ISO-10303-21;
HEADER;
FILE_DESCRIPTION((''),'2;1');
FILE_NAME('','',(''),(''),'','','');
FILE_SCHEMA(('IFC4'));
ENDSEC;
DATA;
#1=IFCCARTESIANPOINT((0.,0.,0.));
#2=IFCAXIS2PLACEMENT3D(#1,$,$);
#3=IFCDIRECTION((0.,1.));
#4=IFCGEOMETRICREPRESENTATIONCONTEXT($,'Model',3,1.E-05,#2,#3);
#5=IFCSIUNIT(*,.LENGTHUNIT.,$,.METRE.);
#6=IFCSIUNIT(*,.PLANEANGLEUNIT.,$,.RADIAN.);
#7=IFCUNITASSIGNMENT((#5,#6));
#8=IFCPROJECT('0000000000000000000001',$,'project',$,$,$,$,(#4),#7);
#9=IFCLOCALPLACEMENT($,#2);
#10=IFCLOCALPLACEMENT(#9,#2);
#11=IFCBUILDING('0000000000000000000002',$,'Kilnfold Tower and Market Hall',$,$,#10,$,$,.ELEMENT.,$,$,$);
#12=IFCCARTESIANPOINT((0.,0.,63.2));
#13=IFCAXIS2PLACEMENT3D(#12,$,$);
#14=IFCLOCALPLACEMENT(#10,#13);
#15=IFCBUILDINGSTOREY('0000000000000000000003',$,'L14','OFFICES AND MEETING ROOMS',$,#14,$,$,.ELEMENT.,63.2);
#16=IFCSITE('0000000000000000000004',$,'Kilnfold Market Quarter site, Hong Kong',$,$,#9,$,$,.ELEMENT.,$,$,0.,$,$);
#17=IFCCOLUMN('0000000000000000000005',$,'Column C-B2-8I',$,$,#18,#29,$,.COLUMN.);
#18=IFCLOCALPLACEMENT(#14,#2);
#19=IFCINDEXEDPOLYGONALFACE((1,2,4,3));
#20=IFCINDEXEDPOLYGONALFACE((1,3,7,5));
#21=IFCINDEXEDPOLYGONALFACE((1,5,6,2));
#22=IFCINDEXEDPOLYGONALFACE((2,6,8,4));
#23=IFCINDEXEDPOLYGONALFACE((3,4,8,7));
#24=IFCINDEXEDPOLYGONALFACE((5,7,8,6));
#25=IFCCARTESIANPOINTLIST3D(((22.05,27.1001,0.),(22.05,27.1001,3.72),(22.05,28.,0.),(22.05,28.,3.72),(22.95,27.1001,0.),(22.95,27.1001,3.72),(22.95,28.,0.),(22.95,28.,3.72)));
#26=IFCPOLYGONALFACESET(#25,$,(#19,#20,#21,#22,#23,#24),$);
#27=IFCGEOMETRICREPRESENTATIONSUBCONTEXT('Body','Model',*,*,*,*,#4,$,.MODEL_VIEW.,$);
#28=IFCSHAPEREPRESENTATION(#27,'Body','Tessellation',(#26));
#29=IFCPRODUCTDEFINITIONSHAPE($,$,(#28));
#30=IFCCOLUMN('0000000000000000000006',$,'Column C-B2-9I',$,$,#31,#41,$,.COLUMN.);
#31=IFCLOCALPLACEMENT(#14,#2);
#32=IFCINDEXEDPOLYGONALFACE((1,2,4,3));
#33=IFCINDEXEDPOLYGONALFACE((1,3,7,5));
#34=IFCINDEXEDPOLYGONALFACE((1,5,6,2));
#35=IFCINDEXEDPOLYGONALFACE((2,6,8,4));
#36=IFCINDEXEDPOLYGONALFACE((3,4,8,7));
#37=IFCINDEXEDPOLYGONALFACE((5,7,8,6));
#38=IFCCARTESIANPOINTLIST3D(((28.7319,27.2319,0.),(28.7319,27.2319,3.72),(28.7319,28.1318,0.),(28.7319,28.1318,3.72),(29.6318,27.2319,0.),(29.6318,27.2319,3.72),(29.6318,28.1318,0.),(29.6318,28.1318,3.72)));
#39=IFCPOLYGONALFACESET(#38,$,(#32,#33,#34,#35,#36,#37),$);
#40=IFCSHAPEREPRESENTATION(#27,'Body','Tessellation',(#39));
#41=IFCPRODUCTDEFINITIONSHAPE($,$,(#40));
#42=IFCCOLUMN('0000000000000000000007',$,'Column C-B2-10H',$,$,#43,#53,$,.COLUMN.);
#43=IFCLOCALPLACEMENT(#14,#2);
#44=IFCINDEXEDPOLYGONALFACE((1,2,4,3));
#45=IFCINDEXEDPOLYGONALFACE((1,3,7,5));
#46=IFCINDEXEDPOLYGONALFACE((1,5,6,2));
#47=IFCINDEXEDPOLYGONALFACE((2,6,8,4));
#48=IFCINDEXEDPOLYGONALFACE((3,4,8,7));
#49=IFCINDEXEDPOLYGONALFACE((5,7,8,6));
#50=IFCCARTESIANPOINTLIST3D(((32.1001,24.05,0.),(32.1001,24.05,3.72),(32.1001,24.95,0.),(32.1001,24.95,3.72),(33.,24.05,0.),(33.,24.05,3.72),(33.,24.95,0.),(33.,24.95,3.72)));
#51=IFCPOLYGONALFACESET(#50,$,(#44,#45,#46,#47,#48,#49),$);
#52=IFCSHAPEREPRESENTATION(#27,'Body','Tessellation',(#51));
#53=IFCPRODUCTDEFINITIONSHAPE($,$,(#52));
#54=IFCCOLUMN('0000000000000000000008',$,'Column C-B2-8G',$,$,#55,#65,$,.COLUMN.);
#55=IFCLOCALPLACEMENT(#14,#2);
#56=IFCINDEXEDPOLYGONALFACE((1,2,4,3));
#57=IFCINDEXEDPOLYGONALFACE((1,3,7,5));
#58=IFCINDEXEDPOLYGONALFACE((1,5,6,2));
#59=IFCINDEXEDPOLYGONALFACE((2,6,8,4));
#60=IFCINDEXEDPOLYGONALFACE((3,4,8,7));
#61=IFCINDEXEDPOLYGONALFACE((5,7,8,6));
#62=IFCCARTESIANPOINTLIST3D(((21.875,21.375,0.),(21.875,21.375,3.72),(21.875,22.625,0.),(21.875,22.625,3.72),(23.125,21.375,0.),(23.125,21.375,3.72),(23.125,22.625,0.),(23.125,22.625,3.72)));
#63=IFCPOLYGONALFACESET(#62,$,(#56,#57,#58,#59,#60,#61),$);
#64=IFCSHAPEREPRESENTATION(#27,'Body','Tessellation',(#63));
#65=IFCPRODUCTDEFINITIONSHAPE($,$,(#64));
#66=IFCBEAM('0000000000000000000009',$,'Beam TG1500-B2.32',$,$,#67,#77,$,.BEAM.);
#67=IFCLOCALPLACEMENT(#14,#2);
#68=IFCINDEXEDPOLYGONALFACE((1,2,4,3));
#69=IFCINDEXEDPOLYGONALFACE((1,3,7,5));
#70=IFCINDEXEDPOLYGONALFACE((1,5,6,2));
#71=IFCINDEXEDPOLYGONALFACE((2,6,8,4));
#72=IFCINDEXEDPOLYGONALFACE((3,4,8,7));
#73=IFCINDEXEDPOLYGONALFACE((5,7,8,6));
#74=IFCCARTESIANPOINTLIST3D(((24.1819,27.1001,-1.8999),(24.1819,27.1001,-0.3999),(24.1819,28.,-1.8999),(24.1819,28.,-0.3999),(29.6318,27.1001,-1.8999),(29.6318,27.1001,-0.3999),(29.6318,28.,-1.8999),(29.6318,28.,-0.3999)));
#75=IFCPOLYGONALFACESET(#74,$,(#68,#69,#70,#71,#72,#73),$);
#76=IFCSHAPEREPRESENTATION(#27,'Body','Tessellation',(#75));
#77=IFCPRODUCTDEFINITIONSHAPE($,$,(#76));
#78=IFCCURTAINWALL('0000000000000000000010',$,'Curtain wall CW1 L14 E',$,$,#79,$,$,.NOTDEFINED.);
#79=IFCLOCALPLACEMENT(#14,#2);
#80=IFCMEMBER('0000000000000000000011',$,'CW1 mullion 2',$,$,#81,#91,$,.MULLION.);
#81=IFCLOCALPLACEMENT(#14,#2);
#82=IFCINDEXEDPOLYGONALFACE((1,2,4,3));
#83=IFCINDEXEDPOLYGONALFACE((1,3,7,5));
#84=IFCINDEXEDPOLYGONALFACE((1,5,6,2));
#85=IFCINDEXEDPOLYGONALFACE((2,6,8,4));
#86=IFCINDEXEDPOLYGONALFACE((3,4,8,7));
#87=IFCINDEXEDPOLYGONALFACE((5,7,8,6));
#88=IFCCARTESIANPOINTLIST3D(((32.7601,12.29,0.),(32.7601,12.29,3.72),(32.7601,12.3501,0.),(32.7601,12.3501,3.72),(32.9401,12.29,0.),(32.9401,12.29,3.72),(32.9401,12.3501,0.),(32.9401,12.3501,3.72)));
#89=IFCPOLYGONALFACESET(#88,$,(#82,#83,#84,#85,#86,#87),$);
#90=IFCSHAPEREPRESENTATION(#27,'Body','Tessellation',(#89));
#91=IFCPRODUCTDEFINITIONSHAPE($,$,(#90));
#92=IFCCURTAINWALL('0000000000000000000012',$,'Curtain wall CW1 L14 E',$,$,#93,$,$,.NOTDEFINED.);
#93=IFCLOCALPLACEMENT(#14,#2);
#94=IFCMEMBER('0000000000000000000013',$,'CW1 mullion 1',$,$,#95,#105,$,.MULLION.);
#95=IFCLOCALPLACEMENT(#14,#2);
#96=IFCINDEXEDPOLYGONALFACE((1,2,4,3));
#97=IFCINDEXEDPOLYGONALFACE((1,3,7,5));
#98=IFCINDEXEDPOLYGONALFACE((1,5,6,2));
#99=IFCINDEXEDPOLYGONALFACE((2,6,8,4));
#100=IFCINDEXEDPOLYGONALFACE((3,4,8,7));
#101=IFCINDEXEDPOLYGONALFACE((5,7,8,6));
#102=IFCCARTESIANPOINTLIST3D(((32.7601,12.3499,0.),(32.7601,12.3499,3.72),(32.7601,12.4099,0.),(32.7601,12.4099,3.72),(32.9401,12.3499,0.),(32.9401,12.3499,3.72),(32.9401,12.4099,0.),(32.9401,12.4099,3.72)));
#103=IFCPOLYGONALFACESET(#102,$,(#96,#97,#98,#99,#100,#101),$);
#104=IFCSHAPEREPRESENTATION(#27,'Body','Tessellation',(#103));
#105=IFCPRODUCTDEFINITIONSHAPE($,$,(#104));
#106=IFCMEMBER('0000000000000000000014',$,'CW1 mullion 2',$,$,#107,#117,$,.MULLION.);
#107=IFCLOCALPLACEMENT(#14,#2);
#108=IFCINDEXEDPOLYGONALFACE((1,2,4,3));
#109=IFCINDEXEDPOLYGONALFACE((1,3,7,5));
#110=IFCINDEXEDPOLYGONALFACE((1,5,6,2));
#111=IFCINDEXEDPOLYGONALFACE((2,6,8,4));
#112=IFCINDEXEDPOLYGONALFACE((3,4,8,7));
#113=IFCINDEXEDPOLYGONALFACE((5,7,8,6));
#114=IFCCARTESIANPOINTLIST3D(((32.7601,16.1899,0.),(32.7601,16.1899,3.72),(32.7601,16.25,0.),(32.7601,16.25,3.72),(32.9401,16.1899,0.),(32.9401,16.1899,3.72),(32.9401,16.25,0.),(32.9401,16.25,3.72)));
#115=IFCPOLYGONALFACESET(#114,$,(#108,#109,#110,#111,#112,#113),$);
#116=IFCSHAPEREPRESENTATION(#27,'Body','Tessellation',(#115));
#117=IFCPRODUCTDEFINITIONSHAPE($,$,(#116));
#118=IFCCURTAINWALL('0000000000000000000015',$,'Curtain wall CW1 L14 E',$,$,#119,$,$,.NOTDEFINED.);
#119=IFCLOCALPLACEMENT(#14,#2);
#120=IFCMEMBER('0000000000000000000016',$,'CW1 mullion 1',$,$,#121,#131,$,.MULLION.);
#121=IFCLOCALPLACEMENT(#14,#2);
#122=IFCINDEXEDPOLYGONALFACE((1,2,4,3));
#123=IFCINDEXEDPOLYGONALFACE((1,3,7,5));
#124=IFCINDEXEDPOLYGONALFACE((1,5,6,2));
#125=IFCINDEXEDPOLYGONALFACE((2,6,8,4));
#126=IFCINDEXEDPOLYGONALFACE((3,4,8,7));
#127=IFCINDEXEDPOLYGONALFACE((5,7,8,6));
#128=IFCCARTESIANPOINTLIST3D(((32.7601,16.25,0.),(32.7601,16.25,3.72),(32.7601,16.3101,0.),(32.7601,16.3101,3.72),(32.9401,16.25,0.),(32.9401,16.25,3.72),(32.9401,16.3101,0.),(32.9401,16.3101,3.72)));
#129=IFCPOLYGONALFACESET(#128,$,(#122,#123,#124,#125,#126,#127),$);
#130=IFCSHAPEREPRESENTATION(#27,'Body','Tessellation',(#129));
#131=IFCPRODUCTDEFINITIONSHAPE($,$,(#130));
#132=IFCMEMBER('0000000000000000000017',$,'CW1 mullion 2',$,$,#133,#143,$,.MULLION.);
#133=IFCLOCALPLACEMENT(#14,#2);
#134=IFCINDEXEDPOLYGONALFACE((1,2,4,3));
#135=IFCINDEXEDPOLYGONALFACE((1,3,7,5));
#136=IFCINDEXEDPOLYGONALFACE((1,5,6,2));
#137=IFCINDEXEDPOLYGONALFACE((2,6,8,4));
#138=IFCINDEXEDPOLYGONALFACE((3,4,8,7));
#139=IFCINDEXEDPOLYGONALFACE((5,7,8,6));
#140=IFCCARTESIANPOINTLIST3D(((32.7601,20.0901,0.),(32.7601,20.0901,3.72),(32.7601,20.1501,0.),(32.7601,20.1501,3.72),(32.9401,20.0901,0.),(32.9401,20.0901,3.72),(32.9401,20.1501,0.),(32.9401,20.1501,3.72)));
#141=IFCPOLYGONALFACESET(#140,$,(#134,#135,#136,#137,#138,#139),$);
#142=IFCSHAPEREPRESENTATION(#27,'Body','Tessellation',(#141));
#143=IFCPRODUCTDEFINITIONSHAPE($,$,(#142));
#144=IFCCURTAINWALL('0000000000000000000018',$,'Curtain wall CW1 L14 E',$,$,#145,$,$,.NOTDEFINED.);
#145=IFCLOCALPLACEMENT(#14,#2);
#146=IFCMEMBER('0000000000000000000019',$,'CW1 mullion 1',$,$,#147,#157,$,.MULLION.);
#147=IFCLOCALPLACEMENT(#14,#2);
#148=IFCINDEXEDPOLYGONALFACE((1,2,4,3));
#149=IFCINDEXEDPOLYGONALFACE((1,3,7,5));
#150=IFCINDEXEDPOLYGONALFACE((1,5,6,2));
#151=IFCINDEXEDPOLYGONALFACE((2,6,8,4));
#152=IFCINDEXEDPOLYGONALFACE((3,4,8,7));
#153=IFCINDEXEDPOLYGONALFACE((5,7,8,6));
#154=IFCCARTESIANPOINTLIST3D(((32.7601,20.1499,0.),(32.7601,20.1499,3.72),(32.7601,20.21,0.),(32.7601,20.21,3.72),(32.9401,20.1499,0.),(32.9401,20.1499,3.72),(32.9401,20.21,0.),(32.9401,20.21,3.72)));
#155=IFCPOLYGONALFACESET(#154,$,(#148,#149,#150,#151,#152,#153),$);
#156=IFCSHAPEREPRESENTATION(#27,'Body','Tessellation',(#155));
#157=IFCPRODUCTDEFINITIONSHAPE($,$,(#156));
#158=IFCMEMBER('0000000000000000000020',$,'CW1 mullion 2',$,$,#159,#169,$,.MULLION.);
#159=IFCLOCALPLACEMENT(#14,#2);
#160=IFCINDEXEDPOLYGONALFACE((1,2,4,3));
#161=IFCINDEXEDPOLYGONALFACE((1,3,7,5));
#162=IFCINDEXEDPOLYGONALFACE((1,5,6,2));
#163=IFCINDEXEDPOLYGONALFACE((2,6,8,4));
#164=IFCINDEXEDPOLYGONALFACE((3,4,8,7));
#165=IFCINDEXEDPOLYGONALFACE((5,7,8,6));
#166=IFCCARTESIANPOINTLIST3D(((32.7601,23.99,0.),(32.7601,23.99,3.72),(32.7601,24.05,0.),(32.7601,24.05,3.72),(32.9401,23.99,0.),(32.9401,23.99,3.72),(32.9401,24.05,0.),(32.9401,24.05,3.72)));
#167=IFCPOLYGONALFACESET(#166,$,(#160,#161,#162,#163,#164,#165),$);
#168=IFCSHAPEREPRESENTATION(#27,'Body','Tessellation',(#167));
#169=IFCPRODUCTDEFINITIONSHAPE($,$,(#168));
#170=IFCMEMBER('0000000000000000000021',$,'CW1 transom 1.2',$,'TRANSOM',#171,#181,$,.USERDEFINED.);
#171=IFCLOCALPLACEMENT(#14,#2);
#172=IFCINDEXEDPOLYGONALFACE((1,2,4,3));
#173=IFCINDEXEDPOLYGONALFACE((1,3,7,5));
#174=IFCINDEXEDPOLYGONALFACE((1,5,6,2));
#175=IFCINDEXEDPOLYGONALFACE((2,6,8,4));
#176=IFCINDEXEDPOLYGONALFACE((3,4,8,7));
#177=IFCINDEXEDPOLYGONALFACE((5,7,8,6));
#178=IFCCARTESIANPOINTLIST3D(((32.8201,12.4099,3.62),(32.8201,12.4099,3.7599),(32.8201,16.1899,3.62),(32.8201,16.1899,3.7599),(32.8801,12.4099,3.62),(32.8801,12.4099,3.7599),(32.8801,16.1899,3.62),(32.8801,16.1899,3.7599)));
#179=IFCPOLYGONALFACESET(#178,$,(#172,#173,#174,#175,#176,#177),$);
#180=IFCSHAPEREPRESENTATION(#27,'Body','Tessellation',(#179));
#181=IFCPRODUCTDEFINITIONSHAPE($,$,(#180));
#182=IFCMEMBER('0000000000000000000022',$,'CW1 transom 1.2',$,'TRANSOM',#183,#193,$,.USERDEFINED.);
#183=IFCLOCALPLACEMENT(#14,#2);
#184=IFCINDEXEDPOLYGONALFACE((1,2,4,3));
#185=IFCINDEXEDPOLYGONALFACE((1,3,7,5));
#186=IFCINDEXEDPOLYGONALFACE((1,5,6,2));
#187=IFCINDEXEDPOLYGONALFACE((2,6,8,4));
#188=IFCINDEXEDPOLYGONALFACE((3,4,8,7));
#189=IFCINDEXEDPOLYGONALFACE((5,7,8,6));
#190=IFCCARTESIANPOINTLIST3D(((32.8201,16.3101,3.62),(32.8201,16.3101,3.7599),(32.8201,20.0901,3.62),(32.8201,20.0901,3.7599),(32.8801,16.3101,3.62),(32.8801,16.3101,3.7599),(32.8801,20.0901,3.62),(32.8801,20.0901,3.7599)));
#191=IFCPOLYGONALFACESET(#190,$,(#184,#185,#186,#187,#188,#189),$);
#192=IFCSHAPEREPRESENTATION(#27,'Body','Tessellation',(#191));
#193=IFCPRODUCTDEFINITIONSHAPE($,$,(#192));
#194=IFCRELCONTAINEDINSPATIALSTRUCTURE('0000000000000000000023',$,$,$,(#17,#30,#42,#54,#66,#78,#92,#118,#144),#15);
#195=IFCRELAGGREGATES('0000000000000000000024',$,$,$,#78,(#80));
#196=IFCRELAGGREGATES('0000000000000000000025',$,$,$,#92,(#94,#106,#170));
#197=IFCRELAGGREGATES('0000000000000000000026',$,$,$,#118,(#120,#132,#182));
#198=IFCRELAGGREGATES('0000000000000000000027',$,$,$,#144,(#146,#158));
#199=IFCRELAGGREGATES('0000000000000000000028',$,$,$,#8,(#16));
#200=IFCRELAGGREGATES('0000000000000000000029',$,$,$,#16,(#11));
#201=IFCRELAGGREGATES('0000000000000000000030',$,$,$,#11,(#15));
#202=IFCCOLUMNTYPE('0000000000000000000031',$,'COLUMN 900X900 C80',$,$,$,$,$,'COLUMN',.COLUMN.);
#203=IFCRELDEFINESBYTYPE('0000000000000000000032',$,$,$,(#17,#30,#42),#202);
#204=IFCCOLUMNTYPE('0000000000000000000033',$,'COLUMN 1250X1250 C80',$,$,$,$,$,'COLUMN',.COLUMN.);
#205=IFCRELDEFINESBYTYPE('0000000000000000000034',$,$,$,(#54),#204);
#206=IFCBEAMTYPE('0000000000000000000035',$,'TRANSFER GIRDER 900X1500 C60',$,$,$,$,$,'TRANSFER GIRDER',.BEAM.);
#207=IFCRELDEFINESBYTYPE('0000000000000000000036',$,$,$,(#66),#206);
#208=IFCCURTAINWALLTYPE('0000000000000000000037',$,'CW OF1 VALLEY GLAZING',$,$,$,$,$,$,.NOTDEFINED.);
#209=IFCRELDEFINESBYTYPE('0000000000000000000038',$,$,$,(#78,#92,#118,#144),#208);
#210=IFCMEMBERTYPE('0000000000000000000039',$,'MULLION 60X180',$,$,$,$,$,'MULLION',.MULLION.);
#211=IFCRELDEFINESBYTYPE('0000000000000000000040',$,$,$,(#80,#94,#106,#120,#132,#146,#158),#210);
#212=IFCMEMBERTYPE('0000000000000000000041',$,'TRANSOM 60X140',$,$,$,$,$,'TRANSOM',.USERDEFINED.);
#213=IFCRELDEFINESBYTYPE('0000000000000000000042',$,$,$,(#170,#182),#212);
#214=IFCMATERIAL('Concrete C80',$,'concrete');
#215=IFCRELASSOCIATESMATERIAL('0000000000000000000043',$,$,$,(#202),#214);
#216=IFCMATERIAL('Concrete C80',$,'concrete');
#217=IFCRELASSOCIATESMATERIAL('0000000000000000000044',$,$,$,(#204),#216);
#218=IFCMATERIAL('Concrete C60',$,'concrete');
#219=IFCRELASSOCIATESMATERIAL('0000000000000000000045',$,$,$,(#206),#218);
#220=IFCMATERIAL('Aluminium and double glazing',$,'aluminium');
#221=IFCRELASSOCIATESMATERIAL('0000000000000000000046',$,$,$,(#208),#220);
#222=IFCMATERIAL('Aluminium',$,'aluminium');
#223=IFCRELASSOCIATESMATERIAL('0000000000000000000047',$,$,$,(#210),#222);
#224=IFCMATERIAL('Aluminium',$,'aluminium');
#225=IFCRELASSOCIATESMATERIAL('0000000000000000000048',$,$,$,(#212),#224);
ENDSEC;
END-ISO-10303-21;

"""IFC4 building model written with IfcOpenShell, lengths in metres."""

from ifc_helpers import new_model, si_unit, direction, frame, origin, origin_2d, place, context, subcontext, project, spatial, rectangle, extrude, source, transform, mapped, material, material_profile, profile_set, type_object, element, aggregate, save


model = new_model("IFC4")

# Units and contexts
model_context = context("Model", 3, precision=1e-05, world=origin(), true_north=direction((0.0, 1.0)))
body_context = subcontext(model_context, "Body", "Model", "MODEL_VIEW")
ifc_project = project(units=[si_unit("LENGTHUNIT", "METRE"), si_unit("PLANEANGLEUNIT", "RADIAN")], contexts=[model_context])

# Site, building, storey
site_placement = place(None, origin())
site = spatial("IfcSite", under=ifc_project, at=site_placement, Name="Kilnfold Market Quarter site, Hong Kong", CompositionType="ELEMENT", RefElevation=0.0)
building_placement = place(site_placement, origin())
building = spatial("IfcBuilding", under=site, at=building_placement, Name="Kilnfold Tower and Market Hall", CompositionType="ELEMENT")
storey_placement = place(building_placement, frame((0.0, 0.0, 63.2)))
storey = spatial("IfcBuildingStorey", under=building, at=storey_placement, Name="L14", Description="OFFICES AND MEETING ROOMS", CompositionType="ELEMENT", Elevation=63.2)

# Columns
ifc_material_1 = material(Name="Concrete C80", Category="concrete")
ifc_material_profile_1 = material_profile(ifc_material_1, rectangle(XDim=0.8999, YDim=0.8999, at=origin_2d()), Name="RC 900x900")
ifc_profile_set_1 = profile_set([ifc_material_profile_1], Name="Concrete C80")
column_type_1 = type_object("IfcColumnType", Name="COLUMN 900X900 C80", ElementType="COLUMN", PredefinedType="COLUMN", material=ifc_profile_set_1)
shared_shape_1 = source(origin(), body_context, "Body", "SweptSolid", [
    extrude(rectangle(XDim=0.8999, YDim=0.8999, at=origin_2d()), origin(), (0.0, 0.0, 1.0), 3.72),
])
for number, where, z_axis, x_axis, name in (
    (1, (22.5, 27.55, 0.0), (0.0, 0.0, 1.0), (1.0, 0.0, 0.0), "Column C-B2-8I"),
    (2, (29.1819, 27.6819, 0.0), (0.0, 0.0, 1.0), (1.0, 0.0, 0.0), "Column C-B2-9I"),
    (3, (32.55, 24.5, 0.0), (0.0, 0.0, 1.0), (1.0, 0.0, 0.0), "Column C-B2-10H"),
):
    element("IfcColumn", number, at=place(storey_placement, frame(where, z_axis=z_axis, x_axis=x_axis)), inside=storey, type_object=column_type_1, Name=name, PredefinedType="COLUMN", context=body_context, shape_type="MappedRepresentation", body=[
        mapped(shared_shape_1, transform((0.0, 0.0, 0.0))),
    ])
ifc_material_2 = material(Name="Concrete C80", Category="concrete")
ifc_material_profile_2 = material_profile(ifc_material_2, rectangle(XDim=1.25, YDim=1.25, at=origin_2d()), Name="RC 1250x1250")
ifc_profile_set_2 = profile_set([ifc_material_profile_2], Name="Concrete C80")
column_type_2 = type_object("IfcColumnType", Name="COLUMN 1250X1250 C80", ElementType="COLUMN", PredefinedType="COLUMN", material=ifc_profile_set_2)
shared_shape_2 = source(origin(), body_context, "Body", "SweptSolid", [
    extrude(rectangle(XDim=1.25, YDim=1.25, at=origin_2d()), origin(), (0.0, 0.0, 1.0), 3.72),
])
column_placement = place(storey_placement, frame((22.5, 22.0, 0.0), z_axis=(0.0, 0.0, 1.0), x_axis=(1.0, 0.0, 0.0)))
element("IfcColumn", 4, at=column_placement, inside=storey, type_object=column_type_2, Name="Column C-B2-8G", PredefinedType="COLUMN", context=body_context, shape_type="MappedRepresentation", body=[
    mapped(shared_shape_2, transform((0.0, 0.0, 0.0))),
])

# Beam
ifc_material_3 = material(Name="Concrete C60", Category="concrete")
ifc_material_profile_3 = material_profile(ifc_material_3, rectangle(XDim=0.8999, YDim=1.5, at=origin_2d()), Name="RC 900x1500")
ifc_profile_set_3 = profile_set([ifc_material_profile_3], Name="Concrete C60")
beam_type = type_object("IfcBeamType", Name="TRANSFER GIRDER 900X1500 C60", ElementType="TRANSFER GIRDER", PredefinedType="BEAM", material=ifc_profile_set_3)
shared_shape_3 = source(origin(), body_context, "Body", "SweptSolid", [
    extrude(rectangle(XDim=0.8999, YDim=1.5, at=origin_2d()), origin(), (0.0, 0.0, 1.0), 5.45),
])
beam_placement = place(storey_placement, frame((24.1819, 27.55, -1.1499), z_axis=(1.0, 0.0, 0.0), x_axis=(0.0, 1.0, 0.0)))
element("IfcBeam", 5, at=beam_placement, inside=storey, type_object=beam_type, Name="Beam TG1500-B2.32", PredefinedType="BEAM", context=body_context, shape_type="MappedRepresentation", body=[
    mapped(shared_shape_3, transform((0.0, 0.0, 0.0))),
])

# Curtain wall, member
ifc_material_4 = material(Name="Aluminium and double glazing", Category="aluminium")
curtain_wall_type = type_object("IfcCurtainWallType", Name="CW OF1 VALLEY GLAZING", PredefinedType="NOTDEFINED", material=ifc_material_4)
curtain_wall_1_placement = place(storey_placement, origin())
curtain_wall_1 = element("IfcCurtainWall", 6, at=curtain_wall_1_placement, inside=storey, type_object=curtain_wall_type, Name="Curtain wall CW1 L14 E", PredefinedType="NOTDEFINED")
ifc_material_5 = material(Name="Aluminium", Category="aluminium")
ifc_material_profile_4 = material_profile(ifc_material_5, rectangle(XDim=0.0601, YDim=0.1799, at=origin_2d()), Name="MULLION 60x180")
ifc_profile_set_4 = profile_set([ifc_material_profile_4], Name="Aluminium")
member_type_1 = type_object("IfcMemberType", Name="MULLION 60X180", ElementType="MULLION", PredefinedType="MULLION", material=ifc_profile_set_4)
shared_shape_4 = source(origin(), body_context, "Body", "SweptSolid", [
    extrude(rectangle(XDim=0.0601, YDim=0.1799, at=origin_2d()), origin(), (0.0, 0.0, 1.0), 3.72),
])
member_1_placement = place(storey_placement, frame((32.8501, 12.3201, 0.0), z_axis=(0.0, 0.0, 1.0), x_axis=(0.0, 1.0, 0.0)))
member_1 = element("IfcMember", 7, at=member_1_placement, type_object=member_type_1, Name="CW1 mullion 2", PredefinedType="MULLION", context=body_context, shape_type="MappedRepresentation", body=[
    mapped(shared_shape_4, transform((0.0, 0.0, 0.0))),
])
aggregate(curtain_wall_1, [member_1])

# Curtain walls, members
curtain_wall_2_placement = place(storey_placement, origin())
curtain_wall_2 = element("IfcCurtainWall", 8, at=curtain_wall_2_placement, inside=storey, type_object=curtain_wall_type, Name="Curtain wall CW1 L14 E", PredefinedType="NOTDEFINED")
member_2_placement = place(storey_placement, frame((32.8501, 12.3799, 0.0), z_axis=(0.0, 0.0, 1.0), x_axis=(0.0, 1.0, 0.0)))
member_2 = element("IfcMember", 9, at=member_2_placement, type_object=member_type_1, Name="CW1 mullion 1", PredefinedType="MULLION", context=body_context, shape_type="MappedRepresentation", body=[
    mapped(shared_shape_4, transform((0.0, 0.0, 0.0))),
])
member_3_placement = place(storey_placement, frame((32.8501, 16.22, 0.0), z_axis=(0.0, 0.0, 1.0), x_axis=(0.0, 1.0, 0.0)))
member_3 = element("IfcMember", 10, at=member_3_placement, type_object=member_type_1, Name="CW1 mullion 2", PredefinedType="MULLION", context=body_context, shape_type="MappedRepresentation", body=[
    mapped(shared_shape_4, transform((0.0, 0.0, 0.0))),
])
curtain_wall_3_placement = place(storey_placement, origin())
curtain_wall_3 = element("IfcCurtainWall", 11, at=curtain_wall_3_placement, inside=storey, type_object=curtain_wall_type, Name="Curtain wall CW1 L14 E", PredefinedType="NOTDEFINED")
member_4_placement = place(storey_placement, frame((32.8501, 16.28, 0.0), z_axis=(0.0, 0.0, 1.0), x_axis=(0.0, 1.0, 0.0)))
member_4 = element("IfcMember", 12, at=member_4_placement, type_object=member_type_1, Name="CW1 mullion 1", PredefinedType="MULLION", context=body_context, shape_type="MappedRepresentation", body=[
    mapped(shared_shape_4, transform((0.0, 0.0, 0.0))),
])
member_5_placement = place(storey_placement, frame((32.8501, 20.1201, 0.0), z_axis=(0.0, 0.0, 1.0), x_axis=(0.0, 1.0, 0.0)))
member_5 = element("IfcMember", 13, at=member_5_placement, type_object=member_type_1, Name="CW1 mullion 2", PredefinedType="MULLION", context=body_context, shape_type="MappedRepresentation", body=[
    mapped(shared_shape_4, transform((0.0, 0.0, 0.0))),
])
curtain_wall_4_placement = place(storey_placement, origin())
curtain_wall_4 = element("IfcCurtainWall", 14, at=curtain_wall_4_placement, inside=storey, type_object=curtain_wall_type, Name="Curtain wall CW1 L14 E", PredefinedType="NOTDEFINED")
member_6_placement = place(storey_placement, frame((32.8501, 20.1799, 0.0), z_axis=(0.0, 0.0, 1.0), x_axis=(0.0, 1.0, 0.0)))
member_6 = element("IfcMember", 15, at=member_6_placement, type_object=member_type_1, Name="CW1 mullion 1", PredefinedType="MULLION", context=body_context, shape_type="MappedRepresentation", body=[
    mapped(shared_shape_4, transform((0.0, 0.0, 0.0))),
])
member_7_placement = place(storey_placement, frame((32.8501, 24.02, 0.0), z_axis=(0.0, 0.0, 1.0), x_axis=(0.0, 1.0, 0.0)))
member_7 = element("IfcMember", 16, at=member_7_placement, type_object=member_type_1, Name="CW1 mullion 2", PredefinedType="MULLION", context=body_context, shape_type="MappedRepresentation", body=[
    mapped(shared_shape_4, transform((0.0, 0.0, 0.0))),
])

# Members
ifc_material_6 = material(Name="Aluminium", Category="aluminium")
ifc_material_profile_5 = material_profile(ifc_material_6, rectangle(XDim=0.0601, YDim=0.1399, at=origin_2d()), Name="TRANSOM 60x140")
ifc_profile_set_5 = profile_set([ifc_material_profile_5], Name="Aluminium")
member_type_2 = type_object("IfcMemberType", Name="TRANSOM 60X140", ElementType="TRANSOM", PredefinedType="USERDEFINED", material=ifc_profile_set_5)
shared_shape_5 = source(origin(), body_context, "Body", "SweptSolid", [
    extrude(rectangle(XDim=0.0601, YDim=0.1399, at=origin_2d()), origin(), (0.0, 0.0, 1.0), 3.78),
])
member_8_placement = place(storey_placement, frame((32.8501, 12.4099, 3.6899), z_axis=(0.0, 1.0, 0.0), x_axis=(-1.0, 0.0, 0.0)))
member_8 = element("IfcMember", 17, at=member_8_placement, type_object=member_type_2, Name="CW1 transom 1.2", ObjectType="TRANSOM", PredefinedType="USERDEFINED", context=body_context, shape_type="MappedRepresentation", body=[
    mapped(shared_shape_5, transform((0.0, 0.0, 0.0))),
])
member_9_placement = place(storey_placement, frame((32.8501, 16.3101, 3.6899), z_axis=(0.0, 1.0, 0.0), x_axis=(-1.0, 0.0, 0.0)))
member_9 = element("IfcMember", 18, at=member_9_placement, type_object=member_type_2, Name="CW1 transom 1.2", ObjectType="TRANSOM", PredefinedType="USERDEFINED", context=body_context, shape_type="MappedRepresentation", body=[
    mapped(shared_shape_5, transform((0.0, 0.0, 0.0))),
])

aggregate(curtain_wall_2, [member_2, member_3, member_8])
aggregate(curtain_wall_3, [member_4, member_5, member_9])
aggregate(curtain_wall_4, [member_6, member_7])

save(model, "model.ifc")
